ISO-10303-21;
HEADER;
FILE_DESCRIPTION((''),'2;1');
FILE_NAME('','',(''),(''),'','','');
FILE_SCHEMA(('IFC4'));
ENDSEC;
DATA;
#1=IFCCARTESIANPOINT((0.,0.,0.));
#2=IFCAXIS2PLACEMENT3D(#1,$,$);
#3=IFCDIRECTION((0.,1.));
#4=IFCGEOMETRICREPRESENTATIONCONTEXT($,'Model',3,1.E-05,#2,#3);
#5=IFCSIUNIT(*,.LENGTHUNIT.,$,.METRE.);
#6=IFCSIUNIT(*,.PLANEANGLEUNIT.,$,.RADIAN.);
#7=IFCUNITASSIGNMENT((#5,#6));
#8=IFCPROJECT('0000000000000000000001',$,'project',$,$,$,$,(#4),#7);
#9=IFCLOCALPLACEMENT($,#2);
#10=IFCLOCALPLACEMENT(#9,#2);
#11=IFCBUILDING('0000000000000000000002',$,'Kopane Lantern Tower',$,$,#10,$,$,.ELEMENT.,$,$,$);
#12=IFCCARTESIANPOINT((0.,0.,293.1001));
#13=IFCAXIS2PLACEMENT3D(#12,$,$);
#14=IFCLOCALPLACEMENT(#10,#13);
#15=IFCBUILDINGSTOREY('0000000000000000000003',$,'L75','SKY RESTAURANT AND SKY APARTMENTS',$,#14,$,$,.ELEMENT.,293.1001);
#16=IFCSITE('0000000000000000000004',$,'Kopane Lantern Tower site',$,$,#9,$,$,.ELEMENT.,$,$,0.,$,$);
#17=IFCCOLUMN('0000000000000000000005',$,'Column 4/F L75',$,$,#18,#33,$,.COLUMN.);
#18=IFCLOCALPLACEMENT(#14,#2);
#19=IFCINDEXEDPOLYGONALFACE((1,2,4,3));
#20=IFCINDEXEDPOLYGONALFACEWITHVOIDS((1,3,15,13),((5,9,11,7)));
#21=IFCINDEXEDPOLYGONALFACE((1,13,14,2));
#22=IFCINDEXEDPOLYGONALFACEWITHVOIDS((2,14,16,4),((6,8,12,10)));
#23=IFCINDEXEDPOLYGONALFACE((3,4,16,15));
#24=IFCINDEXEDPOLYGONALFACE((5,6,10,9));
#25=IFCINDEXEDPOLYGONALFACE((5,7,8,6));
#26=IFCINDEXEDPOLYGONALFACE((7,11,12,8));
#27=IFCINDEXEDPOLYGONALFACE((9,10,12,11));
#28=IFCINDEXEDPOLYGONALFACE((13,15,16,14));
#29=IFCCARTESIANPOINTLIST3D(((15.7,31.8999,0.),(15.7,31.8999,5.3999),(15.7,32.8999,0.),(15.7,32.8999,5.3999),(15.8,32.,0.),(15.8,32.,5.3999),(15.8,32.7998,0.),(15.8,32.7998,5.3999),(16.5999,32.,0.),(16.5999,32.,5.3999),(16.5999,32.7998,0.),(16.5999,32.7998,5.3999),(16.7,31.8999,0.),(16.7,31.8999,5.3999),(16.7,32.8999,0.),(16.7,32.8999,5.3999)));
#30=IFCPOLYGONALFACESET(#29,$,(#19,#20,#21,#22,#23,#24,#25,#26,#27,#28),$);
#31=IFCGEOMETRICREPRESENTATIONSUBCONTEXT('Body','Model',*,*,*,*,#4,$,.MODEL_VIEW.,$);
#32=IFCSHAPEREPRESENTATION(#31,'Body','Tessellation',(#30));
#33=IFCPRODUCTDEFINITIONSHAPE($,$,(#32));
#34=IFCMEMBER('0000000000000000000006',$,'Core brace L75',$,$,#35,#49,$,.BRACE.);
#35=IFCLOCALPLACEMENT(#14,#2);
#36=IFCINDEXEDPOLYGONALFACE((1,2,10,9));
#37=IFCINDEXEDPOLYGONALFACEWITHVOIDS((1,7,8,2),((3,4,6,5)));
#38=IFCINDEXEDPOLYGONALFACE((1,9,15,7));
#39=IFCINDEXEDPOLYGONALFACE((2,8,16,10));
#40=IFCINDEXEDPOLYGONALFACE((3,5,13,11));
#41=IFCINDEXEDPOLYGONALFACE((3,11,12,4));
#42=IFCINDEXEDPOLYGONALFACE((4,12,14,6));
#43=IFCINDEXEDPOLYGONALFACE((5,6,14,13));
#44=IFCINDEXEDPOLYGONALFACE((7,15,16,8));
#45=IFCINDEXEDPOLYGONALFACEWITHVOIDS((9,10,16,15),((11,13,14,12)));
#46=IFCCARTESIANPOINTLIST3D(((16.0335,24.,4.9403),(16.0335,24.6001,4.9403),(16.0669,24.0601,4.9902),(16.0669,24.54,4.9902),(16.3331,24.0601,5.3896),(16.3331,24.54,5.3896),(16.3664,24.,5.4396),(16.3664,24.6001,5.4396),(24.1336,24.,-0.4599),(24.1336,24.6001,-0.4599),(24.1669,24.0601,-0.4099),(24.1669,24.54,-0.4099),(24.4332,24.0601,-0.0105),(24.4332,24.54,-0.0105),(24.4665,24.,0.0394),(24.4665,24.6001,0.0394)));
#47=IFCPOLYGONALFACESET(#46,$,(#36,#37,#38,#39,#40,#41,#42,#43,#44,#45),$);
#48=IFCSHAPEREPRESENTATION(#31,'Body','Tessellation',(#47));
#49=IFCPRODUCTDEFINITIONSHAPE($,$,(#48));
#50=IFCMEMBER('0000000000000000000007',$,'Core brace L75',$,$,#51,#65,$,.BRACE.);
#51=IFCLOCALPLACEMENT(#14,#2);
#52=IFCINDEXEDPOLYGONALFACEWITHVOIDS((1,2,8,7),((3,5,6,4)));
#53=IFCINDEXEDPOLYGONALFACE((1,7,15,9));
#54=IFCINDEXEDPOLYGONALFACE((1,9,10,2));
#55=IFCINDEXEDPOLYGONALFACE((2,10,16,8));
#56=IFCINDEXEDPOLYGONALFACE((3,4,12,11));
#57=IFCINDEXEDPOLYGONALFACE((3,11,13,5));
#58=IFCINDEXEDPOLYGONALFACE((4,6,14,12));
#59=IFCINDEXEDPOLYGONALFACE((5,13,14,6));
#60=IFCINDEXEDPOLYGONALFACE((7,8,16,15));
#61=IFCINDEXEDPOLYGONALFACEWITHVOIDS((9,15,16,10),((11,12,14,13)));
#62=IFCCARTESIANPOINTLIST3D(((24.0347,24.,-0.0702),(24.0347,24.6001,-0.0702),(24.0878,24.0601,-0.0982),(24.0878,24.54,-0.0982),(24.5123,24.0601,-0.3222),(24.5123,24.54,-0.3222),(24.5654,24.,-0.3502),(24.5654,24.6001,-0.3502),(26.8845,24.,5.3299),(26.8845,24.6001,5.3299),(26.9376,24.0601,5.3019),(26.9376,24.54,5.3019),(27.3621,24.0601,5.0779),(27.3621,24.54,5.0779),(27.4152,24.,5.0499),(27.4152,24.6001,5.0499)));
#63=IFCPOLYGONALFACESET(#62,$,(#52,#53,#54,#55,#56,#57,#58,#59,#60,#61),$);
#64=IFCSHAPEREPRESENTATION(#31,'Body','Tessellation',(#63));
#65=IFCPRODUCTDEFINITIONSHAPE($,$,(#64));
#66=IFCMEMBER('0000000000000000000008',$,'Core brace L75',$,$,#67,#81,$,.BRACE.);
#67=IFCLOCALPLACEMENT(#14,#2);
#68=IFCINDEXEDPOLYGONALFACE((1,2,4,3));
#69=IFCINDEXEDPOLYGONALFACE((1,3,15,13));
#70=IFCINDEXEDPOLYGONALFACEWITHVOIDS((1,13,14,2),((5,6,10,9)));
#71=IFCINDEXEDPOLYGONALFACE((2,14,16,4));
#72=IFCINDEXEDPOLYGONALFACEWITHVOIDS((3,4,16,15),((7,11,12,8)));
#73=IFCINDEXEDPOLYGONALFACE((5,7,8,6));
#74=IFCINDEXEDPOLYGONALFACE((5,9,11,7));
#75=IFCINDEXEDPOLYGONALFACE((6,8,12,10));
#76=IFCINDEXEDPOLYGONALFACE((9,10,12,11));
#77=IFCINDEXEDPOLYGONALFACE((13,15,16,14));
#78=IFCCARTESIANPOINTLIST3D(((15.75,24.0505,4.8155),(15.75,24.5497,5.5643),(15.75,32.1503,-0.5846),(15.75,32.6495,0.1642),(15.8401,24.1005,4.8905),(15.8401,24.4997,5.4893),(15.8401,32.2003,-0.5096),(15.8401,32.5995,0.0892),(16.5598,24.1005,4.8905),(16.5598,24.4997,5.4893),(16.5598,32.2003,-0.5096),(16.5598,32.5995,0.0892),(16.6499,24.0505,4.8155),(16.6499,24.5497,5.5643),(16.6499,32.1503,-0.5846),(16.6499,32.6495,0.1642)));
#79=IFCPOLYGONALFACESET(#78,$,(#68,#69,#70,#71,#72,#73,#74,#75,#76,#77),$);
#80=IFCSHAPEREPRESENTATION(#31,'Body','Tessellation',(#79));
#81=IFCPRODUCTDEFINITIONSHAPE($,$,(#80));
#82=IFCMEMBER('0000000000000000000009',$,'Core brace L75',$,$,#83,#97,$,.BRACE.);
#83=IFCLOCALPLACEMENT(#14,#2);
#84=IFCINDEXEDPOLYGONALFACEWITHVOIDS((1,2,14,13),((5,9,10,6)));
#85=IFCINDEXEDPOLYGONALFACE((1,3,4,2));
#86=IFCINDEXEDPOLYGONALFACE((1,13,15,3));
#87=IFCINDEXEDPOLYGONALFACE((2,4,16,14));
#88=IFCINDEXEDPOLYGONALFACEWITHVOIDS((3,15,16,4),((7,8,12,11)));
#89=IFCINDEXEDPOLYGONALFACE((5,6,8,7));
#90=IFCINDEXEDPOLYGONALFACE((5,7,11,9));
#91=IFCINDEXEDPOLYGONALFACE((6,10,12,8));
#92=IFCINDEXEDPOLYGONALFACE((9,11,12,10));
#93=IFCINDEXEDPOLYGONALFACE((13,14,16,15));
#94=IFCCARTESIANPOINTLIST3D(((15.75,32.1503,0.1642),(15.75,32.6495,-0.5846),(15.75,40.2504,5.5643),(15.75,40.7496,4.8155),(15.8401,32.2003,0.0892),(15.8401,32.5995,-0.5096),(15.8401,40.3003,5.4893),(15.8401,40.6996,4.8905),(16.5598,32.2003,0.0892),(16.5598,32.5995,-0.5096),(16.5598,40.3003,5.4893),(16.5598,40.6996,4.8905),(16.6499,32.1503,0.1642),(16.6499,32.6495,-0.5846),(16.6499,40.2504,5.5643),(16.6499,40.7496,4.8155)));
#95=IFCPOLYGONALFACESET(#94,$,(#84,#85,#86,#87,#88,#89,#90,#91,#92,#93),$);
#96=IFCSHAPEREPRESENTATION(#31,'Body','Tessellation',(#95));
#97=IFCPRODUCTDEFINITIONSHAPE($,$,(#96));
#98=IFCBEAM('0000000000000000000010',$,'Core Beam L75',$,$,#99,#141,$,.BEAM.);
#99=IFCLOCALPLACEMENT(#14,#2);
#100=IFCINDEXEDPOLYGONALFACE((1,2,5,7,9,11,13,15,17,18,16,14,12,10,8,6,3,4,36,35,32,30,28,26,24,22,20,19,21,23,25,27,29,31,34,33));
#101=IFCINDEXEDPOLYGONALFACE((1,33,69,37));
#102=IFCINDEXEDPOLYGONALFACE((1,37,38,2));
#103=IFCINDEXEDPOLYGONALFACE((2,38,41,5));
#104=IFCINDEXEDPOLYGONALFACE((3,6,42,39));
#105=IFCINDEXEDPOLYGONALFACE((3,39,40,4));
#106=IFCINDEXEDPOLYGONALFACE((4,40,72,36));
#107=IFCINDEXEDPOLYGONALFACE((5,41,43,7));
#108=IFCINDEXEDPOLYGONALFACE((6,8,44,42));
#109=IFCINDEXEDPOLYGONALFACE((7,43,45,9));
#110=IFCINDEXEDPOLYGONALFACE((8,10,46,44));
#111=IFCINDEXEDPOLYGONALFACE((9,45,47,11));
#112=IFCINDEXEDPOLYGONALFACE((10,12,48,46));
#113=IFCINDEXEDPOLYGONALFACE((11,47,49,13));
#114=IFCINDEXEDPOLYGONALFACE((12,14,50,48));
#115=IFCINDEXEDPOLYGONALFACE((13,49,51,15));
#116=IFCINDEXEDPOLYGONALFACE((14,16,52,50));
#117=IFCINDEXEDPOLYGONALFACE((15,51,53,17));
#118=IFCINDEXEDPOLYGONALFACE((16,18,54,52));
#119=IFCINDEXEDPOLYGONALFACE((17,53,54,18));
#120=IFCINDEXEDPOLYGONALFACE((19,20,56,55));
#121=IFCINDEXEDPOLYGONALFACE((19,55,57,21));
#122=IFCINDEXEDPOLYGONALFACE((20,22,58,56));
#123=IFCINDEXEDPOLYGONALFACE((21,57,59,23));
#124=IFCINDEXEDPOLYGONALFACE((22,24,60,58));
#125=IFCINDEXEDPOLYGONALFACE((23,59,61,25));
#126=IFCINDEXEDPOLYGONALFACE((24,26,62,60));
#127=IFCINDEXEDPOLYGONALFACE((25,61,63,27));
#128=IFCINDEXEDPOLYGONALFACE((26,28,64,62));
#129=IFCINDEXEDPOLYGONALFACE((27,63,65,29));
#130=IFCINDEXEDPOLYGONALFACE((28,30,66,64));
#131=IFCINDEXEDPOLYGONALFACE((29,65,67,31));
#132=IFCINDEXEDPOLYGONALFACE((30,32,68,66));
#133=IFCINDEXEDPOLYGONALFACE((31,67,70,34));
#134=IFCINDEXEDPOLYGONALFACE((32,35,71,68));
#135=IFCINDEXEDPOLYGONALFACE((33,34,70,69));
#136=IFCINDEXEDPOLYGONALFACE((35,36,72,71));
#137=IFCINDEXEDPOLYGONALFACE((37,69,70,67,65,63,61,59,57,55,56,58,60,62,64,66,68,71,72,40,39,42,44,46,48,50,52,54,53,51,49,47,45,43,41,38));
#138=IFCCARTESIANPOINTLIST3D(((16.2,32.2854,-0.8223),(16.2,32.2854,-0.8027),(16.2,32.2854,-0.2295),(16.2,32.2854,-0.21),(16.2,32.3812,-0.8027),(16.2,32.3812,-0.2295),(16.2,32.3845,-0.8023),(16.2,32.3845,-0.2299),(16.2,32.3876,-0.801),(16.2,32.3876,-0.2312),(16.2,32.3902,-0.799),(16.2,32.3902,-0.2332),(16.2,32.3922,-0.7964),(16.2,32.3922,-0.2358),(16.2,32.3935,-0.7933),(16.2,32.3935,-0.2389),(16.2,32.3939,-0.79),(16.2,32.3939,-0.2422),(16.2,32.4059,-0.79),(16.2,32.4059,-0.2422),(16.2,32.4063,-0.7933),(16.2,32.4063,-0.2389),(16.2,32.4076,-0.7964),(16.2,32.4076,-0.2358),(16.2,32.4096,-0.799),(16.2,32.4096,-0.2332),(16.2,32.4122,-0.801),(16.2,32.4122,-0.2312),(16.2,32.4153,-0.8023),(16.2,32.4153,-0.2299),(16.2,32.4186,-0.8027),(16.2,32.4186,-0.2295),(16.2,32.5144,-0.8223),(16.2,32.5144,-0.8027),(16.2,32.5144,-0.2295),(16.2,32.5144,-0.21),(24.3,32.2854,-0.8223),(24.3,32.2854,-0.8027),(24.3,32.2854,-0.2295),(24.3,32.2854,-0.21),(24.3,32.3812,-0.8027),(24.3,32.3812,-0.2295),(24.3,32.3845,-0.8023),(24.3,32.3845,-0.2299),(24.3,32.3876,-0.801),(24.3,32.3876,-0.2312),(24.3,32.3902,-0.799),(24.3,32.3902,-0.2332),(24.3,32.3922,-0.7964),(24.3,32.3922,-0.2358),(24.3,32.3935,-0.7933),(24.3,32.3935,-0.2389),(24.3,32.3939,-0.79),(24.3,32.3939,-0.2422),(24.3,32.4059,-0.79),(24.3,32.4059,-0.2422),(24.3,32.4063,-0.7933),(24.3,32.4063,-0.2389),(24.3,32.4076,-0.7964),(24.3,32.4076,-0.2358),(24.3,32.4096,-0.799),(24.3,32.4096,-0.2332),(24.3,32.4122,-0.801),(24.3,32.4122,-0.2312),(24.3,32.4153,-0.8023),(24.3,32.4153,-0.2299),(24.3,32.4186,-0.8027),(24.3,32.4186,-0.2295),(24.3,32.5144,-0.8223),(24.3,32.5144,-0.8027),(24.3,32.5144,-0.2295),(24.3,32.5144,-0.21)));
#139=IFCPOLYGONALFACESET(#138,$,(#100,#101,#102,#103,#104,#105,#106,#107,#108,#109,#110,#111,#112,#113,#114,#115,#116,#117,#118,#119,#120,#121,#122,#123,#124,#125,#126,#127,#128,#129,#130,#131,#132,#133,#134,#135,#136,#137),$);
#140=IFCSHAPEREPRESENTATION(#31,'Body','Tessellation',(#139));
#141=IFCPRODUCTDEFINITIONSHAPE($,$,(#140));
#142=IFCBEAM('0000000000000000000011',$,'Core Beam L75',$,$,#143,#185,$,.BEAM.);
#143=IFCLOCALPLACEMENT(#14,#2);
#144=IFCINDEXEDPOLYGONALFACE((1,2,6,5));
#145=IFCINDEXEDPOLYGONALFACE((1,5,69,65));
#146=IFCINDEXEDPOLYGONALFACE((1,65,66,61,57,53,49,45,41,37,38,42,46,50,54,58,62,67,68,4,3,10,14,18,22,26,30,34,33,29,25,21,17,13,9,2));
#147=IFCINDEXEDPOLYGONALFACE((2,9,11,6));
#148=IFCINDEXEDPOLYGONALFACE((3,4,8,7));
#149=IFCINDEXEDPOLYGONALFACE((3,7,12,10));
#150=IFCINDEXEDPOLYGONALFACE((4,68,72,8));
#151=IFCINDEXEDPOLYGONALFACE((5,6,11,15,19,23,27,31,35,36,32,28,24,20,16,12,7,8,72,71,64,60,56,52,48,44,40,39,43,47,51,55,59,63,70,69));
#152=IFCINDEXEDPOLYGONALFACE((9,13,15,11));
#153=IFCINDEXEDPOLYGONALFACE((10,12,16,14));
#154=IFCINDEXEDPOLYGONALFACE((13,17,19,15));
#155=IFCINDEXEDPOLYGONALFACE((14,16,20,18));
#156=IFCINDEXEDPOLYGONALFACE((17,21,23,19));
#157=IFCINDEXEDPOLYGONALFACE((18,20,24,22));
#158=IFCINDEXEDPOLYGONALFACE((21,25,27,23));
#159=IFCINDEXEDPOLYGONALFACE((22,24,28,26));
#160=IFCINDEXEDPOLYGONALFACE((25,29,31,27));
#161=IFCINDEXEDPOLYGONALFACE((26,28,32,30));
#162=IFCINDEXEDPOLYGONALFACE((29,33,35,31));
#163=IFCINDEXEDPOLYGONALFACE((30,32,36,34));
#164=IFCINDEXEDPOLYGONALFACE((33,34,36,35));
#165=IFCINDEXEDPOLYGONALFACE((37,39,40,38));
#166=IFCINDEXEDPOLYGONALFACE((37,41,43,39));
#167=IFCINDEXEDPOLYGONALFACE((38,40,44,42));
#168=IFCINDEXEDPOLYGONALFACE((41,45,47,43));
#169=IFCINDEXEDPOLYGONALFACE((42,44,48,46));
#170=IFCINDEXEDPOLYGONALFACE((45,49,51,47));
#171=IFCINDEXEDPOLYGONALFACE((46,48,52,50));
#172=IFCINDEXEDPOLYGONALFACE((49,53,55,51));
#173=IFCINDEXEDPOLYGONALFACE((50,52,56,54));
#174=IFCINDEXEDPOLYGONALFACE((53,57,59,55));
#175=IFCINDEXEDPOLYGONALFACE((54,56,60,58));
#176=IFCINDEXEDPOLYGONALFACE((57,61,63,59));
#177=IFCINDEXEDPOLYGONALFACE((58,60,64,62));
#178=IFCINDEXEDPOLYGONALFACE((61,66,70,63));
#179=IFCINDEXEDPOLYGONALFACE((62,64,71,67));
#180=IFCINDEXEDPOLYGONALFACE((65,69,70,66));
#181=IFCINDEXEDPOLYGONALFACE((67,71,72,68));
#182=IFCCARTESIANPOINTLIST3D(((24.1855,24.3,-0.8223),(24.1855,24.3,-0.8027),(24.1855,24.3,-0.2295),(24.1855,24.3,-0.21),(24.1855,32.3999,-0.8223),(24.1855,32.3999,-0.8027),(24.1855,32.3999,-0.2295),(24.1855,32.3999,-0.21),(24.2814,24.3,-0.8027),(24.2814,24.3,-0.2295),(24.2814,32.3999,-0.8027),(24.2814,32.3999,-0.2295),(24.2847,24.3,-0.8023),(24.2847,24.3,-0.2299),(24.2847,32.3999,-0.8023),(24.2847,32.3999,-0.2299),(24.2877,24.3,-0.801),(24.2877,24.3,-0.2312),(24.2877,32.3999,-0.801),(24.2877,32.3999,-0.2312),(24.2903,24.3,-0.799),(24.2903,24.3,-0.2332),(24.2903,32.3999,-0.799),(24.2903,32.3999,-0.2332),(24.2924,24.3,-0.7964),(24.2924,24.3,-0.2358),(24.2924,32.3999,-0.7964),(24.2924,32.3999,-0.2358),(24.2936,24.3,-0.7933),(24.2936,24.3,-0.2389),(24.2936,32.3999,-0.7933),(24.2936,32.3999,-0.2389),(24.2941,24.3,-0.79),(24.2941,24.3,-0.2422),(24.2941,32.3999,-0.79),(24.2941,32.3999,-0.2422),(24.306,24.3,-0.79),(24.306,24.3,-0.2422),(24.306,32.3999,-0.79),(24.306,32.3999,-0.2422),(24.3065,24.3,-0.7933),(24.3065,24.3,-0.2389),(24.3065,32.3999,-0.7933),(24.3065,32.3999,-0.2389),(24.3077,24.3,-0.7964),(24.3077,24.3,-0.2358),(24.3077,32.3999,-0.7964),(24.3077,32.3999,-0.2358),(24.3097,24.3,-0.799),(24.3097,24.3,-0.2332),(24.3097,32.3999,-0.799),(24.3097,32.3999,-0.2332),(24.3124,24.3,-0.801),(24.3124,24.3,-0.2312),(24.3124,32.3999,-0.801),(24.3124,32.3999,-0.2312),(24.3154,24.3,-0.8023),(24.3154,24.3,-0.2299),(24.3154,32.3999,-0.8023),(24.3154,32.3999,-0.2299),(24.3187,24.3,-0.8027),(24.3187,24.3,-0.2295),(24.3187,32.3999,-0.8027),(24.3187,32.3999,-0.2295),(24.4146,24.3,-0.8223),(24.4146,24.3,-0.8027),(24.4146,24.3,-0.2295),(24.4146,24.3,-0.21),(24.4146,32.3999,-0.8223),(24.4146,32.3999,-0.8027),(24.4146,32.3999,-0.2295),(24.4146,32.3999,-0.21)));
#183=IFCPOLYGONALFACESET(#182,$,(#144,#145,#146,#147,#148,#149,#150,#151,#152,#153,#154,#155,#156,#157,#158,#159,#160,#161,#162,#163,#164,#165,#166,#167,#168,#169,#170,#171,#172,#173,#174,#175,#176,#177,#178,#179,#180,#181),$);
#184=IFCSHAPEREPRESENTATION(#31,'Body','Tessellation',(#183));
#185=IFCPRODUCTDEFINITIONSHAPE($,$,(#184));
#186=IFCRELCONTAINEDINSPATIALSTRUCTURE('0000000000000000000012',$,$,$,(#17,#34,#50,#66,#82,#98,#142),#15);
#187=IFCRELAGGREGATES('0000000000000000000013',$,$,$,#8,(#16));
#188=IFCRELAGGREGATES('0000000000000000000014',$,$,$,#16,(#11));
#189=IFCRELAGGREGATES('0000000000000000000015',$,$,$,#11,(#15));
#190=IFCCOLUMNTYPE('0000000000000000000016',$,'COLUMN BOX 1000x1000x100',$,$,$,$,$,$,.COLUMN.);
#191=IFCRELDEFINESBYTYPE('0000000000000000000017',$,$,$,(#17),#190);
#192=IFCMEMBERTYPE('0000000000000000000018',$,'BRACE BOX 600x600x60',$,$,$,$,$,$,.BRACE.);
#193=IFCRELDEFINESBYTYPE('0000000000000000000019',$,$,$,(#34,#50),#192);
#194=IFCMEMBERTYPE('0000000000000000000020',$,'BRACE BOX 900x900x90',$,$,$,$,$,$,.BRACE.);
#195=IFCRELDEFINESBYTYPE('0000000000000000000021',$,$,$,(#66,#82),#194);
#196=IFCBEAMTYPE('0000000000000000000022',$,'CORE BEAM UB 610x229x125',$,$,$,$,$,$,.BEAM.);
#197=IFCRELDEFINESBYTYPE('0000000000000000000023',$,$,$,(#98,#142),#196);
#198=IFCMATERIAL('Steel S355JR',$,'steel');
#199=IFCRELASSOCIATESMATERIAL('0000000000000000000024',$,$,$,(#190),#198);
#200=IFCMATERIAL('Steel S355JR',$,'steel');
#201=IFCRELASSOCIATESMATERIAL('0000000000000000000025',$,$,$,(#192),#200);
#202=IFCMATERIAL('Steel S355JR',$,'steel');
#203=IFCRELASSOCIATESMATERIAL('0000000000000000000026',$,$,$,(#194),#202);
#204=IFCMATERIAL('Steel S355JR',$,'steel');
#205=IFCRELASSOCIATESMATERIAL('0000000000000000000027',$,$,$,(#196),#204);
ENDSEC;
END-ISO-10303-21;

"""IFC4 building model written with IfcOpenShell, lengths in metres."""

from ifc_helpers import new_model, si_unit, direction, frame, origin, origin_2d, place, context, subcontext, project, spatial, hollow_rectangle, i_section, extrude, material, material_profile, profile_set, type_object, element, save


model = new_model("IFC4")

# Units and contexts
model_context = context("Model", 3, precision=1e-05, world=origin(), true_north=direction((0.0, 1.0)))
body_context = subcontext(model_context, "Body", "Model", "MODEL_VIEW")
ifc_project = project(units=[si_unit("LENGTHUNIT", "METRE"), si_unit("PLANEANGLEUNIT", "RADIAN")], contexts=[model_context])

# Site, building, storey
site_placement = place(None, origin())
site = spatial("IfcSite", under=ifc_project, at=site_placement, Name="Kopane Lantern Tower site", CompositionType="ELEMENT", RefElevation=0.0)
building_placement = place(site_placement, origin())
building = spatial("IfcBuilding", under=site, at=building_placement, Name="Kopane Lantern Tower", CompositionType="ELEMENT")
storey_placement = place(building_placement, frame((0.0, 0.0, 293.1001)))
storey = spatial("IfcBuildingStorey", under=building, at=storey_placement, Name="L75", Description="SKY RESTAURANT AND SKY APARTMENTS", CompositionType="ELEMENT", Elevation=293.1001)

# Column
ifc_material_1 = material(Name="Steel S355JR", Category="steel")
ifc_material_profile_1 = material_profile(ifc_material_1, hollow_rectangle(XDim=1.0, YDim=1.0, WallThickness=0.1001, at=origin_2d()), Name="BOX 1000x1000x100")
ifc_profile_set_1 = profile_set([ifc_material_profile_1], Name="Steel S355JR")
column_type = type_object("IfcColumnType", Name="COLUMN BOX 1000x1000x100", PredefinedType="COLUMN", material=ifc_profile_set_1)
column_placement = place(storey_placement, frame((16.2, 32.3999, 0.0), z_axis=(0.0, 0.0, 1.0), x_axis=(1.0, 0.0, 0.0)))
element("IfcColumn", 1, at=column_placement, inside=storey, type_object=column_type, Name="Column 4/F L75", PredefinedType="COLUMN", context=body_context, shape_type="SweptSolid", body=[
    extrude(hollow_rectangle(XDim=1.0, YDim=1.0, WallThickness=0.1001, at=origin_2d()), origin(), (0.0, 0.0, 1.0), 5.3999),
])

# Members
ifc_material_2 = material(Name="Steel S355JR", Category="steel")
ifc_material_profile_2 = material_profile(ifc_material_2, hollow_rectangle(XDim=0.6001, YDim=0.6001, WallThickness=0.0601, at=origin_2d()), Name="BOX 600x600x60")
ifc_profile_set_2 = profile_set([ifc_material_profile_2], Name="Steel S355JR")
member_type_1 = type_object("IfcMemberType", Name="BRACE BOX 600x600x60", PredefinedType="BRACE", material=ifc_profile_set_2)
member_1_placement = place(storey_placement, frame((24.3, 24.3, -0.2102), z_axis=(-0.832046, 0.0, 0.554706), x_axis=(0.0, -1.0, 0.0)))
element("IfcMember", 2, at=member_1_placement, inside=storey, type_object=member_type_1, Name="Core brace L75", PredefinedType="BRACE", context=body_context, shape_type="SweptSolid", body=[
    extrude(hollow_rectangle(XDim=0.6001, YDim=0.6001, WallThickness=0.0601, at=origin_2d()), origin(), (0.0, 0.0, 1.0), 9.7351),
])
member_2_placement = place(storey_placement, frame((24.3, 24.3, -0.2102), z_axis=(0.46673, 0.0, 0.8844), x_axis=(0.0, 1.0, 0.0)))
element("IfcMember", 3, at=member_2_placement, inside=storey, type_object=member_type_1, Name="Core brace L75", PredefinedType="BRACE", context=body_context, shape_type="SweptSolid", body=[
    extrude(hollow_rectangle(XDim=0.6001, YDim=0.6001, WallThickness=0.0601, at=origin_2d()), origin(), (0.0, 0.0, 1.0), 6.106),
])
ifc_material_3 = material(Name="Steel S355JR", Category="steel")
ifc_material_profile_3 = material_profile(ifc_material_3, hollow_rectangle(XDim=0.8999, YDim=0.8999, WallThickness=0.0901, at=origin_2d()), Name="BOX 900x900x90")
ifc_profile_set_3 = profile_set([ifc_material_profile_3], Name="Steel S355JR")
member_type_2 = type_object("IfcMemberType", Name="BRACE BOX 900x900x90", PredefinedType="BRACE", material=ifc_profile_set_3)
member_3_placement = place(storey_placement, frame((16.2, 32.3999, -0.2102), z_axis=(0.0, -0.832039, 0.554718), x_axis=(1.0, 0.0, 0.0)))
element("IfcMember", 4, at=member_3_placement, inside=storey, type_object=member_type_2, Name="Core brace L75", PredefinedType="BRACE", context=body_context, shape_type="SweptSolid", body=[
    extrude(hollow_rectangle(XDim=0.8999, YDim=0.8999, WallThickness=0.0901, at=origin_2d()), origin(), (0.0, 0.0, 1.0), 9.7349),
])
member_4_placement = place(storey_placement, frame((16.2, 32.3999, -0.2102), z_axis=(0.0, 0.832046, 0.554706), x_axis=(-1.0, 0.0, 0.0)))
element("IfcMember", 5, at=member_4_placement, inside=storey, type_object=member_type_2, Name="Core brace L75", PredefinedType="BRACE", context=body_context, shape_type="SweptSolid", body=[
    extrude(hollow_rectangle(XDim=0.8999, YDim=0.8999, WallThickness=0.0901, at=origin_2d()), origin(), (0.0, 0.0, 1.0), 9.7351),
])

# Beams
ifc_material_4 = material(Name="Steel S355JR", Category="steel")
ifc_material_profile_4 = material_profile(ifc_material_4, i_section(OverallWidth=0.229, OverallDepth=0.6123, WebThickness=0.012, FlangeThickness=0.0195, FilletRadius=0.0127, at=origin_2d()), Name="UB 610x229x125")
ifc_profile_set_4 = profile_set([ifc_material_profile_4], Name="Steel S355JR")
beam_type_1 = type_object("IfcBeamType", Name="CORE BEAM UB 610x229x125", PredefinedType="BEAM", material=ifc_profile_set_4)
beam_1_placement = place(storey_placement, frame((16.2, 32.3999, -0.5161), z_axis=(1.0, 0.0, 0.0), x_axis=(0.0, 1.0, 0.0)))
element("IfcBeam", 6, at=beam_1_placement, inside=storey, type_object=beam_type_1, Name="Core Beam L75", PredefinedType="BEAM", context=body_context, shape_type="SweptSolid", body=[
    extrude(i_section(OverallWidth=0.229, OverallDepth=0.6123, WebThickness=0.012, FlangeThickness=0.0195, FilletRadius=0.0127, at=origin_2d()), origin(), (0.0, 0.0, 1.0), 8.1001),
])
beam_2_placement = place(storey_placement, frame((24.3, 24.3, -0.5161), z_axis=(0.0, 1.0, 0.0), x_axis=(-1.0, 0.0, 0.0)))
element("IfcBeam", 7, at=beam_2_placement, inside=storey, type_object=beam_type_1, Name="Core Beam L75", PredefinedType="BEAM", context=body_context, shape_type="SweptSolid", body=[
    extrude(i_section(OverallWidth=0.229, OverallDepth=0.6123, WebThickness=0.012, FlangeThickness=0.0195, FilletRadius=0.0127, at=origin_2d()), origin(), (0.0, 0.0, 1.0), 8.0999),
])

save(model, "model.ifc")
